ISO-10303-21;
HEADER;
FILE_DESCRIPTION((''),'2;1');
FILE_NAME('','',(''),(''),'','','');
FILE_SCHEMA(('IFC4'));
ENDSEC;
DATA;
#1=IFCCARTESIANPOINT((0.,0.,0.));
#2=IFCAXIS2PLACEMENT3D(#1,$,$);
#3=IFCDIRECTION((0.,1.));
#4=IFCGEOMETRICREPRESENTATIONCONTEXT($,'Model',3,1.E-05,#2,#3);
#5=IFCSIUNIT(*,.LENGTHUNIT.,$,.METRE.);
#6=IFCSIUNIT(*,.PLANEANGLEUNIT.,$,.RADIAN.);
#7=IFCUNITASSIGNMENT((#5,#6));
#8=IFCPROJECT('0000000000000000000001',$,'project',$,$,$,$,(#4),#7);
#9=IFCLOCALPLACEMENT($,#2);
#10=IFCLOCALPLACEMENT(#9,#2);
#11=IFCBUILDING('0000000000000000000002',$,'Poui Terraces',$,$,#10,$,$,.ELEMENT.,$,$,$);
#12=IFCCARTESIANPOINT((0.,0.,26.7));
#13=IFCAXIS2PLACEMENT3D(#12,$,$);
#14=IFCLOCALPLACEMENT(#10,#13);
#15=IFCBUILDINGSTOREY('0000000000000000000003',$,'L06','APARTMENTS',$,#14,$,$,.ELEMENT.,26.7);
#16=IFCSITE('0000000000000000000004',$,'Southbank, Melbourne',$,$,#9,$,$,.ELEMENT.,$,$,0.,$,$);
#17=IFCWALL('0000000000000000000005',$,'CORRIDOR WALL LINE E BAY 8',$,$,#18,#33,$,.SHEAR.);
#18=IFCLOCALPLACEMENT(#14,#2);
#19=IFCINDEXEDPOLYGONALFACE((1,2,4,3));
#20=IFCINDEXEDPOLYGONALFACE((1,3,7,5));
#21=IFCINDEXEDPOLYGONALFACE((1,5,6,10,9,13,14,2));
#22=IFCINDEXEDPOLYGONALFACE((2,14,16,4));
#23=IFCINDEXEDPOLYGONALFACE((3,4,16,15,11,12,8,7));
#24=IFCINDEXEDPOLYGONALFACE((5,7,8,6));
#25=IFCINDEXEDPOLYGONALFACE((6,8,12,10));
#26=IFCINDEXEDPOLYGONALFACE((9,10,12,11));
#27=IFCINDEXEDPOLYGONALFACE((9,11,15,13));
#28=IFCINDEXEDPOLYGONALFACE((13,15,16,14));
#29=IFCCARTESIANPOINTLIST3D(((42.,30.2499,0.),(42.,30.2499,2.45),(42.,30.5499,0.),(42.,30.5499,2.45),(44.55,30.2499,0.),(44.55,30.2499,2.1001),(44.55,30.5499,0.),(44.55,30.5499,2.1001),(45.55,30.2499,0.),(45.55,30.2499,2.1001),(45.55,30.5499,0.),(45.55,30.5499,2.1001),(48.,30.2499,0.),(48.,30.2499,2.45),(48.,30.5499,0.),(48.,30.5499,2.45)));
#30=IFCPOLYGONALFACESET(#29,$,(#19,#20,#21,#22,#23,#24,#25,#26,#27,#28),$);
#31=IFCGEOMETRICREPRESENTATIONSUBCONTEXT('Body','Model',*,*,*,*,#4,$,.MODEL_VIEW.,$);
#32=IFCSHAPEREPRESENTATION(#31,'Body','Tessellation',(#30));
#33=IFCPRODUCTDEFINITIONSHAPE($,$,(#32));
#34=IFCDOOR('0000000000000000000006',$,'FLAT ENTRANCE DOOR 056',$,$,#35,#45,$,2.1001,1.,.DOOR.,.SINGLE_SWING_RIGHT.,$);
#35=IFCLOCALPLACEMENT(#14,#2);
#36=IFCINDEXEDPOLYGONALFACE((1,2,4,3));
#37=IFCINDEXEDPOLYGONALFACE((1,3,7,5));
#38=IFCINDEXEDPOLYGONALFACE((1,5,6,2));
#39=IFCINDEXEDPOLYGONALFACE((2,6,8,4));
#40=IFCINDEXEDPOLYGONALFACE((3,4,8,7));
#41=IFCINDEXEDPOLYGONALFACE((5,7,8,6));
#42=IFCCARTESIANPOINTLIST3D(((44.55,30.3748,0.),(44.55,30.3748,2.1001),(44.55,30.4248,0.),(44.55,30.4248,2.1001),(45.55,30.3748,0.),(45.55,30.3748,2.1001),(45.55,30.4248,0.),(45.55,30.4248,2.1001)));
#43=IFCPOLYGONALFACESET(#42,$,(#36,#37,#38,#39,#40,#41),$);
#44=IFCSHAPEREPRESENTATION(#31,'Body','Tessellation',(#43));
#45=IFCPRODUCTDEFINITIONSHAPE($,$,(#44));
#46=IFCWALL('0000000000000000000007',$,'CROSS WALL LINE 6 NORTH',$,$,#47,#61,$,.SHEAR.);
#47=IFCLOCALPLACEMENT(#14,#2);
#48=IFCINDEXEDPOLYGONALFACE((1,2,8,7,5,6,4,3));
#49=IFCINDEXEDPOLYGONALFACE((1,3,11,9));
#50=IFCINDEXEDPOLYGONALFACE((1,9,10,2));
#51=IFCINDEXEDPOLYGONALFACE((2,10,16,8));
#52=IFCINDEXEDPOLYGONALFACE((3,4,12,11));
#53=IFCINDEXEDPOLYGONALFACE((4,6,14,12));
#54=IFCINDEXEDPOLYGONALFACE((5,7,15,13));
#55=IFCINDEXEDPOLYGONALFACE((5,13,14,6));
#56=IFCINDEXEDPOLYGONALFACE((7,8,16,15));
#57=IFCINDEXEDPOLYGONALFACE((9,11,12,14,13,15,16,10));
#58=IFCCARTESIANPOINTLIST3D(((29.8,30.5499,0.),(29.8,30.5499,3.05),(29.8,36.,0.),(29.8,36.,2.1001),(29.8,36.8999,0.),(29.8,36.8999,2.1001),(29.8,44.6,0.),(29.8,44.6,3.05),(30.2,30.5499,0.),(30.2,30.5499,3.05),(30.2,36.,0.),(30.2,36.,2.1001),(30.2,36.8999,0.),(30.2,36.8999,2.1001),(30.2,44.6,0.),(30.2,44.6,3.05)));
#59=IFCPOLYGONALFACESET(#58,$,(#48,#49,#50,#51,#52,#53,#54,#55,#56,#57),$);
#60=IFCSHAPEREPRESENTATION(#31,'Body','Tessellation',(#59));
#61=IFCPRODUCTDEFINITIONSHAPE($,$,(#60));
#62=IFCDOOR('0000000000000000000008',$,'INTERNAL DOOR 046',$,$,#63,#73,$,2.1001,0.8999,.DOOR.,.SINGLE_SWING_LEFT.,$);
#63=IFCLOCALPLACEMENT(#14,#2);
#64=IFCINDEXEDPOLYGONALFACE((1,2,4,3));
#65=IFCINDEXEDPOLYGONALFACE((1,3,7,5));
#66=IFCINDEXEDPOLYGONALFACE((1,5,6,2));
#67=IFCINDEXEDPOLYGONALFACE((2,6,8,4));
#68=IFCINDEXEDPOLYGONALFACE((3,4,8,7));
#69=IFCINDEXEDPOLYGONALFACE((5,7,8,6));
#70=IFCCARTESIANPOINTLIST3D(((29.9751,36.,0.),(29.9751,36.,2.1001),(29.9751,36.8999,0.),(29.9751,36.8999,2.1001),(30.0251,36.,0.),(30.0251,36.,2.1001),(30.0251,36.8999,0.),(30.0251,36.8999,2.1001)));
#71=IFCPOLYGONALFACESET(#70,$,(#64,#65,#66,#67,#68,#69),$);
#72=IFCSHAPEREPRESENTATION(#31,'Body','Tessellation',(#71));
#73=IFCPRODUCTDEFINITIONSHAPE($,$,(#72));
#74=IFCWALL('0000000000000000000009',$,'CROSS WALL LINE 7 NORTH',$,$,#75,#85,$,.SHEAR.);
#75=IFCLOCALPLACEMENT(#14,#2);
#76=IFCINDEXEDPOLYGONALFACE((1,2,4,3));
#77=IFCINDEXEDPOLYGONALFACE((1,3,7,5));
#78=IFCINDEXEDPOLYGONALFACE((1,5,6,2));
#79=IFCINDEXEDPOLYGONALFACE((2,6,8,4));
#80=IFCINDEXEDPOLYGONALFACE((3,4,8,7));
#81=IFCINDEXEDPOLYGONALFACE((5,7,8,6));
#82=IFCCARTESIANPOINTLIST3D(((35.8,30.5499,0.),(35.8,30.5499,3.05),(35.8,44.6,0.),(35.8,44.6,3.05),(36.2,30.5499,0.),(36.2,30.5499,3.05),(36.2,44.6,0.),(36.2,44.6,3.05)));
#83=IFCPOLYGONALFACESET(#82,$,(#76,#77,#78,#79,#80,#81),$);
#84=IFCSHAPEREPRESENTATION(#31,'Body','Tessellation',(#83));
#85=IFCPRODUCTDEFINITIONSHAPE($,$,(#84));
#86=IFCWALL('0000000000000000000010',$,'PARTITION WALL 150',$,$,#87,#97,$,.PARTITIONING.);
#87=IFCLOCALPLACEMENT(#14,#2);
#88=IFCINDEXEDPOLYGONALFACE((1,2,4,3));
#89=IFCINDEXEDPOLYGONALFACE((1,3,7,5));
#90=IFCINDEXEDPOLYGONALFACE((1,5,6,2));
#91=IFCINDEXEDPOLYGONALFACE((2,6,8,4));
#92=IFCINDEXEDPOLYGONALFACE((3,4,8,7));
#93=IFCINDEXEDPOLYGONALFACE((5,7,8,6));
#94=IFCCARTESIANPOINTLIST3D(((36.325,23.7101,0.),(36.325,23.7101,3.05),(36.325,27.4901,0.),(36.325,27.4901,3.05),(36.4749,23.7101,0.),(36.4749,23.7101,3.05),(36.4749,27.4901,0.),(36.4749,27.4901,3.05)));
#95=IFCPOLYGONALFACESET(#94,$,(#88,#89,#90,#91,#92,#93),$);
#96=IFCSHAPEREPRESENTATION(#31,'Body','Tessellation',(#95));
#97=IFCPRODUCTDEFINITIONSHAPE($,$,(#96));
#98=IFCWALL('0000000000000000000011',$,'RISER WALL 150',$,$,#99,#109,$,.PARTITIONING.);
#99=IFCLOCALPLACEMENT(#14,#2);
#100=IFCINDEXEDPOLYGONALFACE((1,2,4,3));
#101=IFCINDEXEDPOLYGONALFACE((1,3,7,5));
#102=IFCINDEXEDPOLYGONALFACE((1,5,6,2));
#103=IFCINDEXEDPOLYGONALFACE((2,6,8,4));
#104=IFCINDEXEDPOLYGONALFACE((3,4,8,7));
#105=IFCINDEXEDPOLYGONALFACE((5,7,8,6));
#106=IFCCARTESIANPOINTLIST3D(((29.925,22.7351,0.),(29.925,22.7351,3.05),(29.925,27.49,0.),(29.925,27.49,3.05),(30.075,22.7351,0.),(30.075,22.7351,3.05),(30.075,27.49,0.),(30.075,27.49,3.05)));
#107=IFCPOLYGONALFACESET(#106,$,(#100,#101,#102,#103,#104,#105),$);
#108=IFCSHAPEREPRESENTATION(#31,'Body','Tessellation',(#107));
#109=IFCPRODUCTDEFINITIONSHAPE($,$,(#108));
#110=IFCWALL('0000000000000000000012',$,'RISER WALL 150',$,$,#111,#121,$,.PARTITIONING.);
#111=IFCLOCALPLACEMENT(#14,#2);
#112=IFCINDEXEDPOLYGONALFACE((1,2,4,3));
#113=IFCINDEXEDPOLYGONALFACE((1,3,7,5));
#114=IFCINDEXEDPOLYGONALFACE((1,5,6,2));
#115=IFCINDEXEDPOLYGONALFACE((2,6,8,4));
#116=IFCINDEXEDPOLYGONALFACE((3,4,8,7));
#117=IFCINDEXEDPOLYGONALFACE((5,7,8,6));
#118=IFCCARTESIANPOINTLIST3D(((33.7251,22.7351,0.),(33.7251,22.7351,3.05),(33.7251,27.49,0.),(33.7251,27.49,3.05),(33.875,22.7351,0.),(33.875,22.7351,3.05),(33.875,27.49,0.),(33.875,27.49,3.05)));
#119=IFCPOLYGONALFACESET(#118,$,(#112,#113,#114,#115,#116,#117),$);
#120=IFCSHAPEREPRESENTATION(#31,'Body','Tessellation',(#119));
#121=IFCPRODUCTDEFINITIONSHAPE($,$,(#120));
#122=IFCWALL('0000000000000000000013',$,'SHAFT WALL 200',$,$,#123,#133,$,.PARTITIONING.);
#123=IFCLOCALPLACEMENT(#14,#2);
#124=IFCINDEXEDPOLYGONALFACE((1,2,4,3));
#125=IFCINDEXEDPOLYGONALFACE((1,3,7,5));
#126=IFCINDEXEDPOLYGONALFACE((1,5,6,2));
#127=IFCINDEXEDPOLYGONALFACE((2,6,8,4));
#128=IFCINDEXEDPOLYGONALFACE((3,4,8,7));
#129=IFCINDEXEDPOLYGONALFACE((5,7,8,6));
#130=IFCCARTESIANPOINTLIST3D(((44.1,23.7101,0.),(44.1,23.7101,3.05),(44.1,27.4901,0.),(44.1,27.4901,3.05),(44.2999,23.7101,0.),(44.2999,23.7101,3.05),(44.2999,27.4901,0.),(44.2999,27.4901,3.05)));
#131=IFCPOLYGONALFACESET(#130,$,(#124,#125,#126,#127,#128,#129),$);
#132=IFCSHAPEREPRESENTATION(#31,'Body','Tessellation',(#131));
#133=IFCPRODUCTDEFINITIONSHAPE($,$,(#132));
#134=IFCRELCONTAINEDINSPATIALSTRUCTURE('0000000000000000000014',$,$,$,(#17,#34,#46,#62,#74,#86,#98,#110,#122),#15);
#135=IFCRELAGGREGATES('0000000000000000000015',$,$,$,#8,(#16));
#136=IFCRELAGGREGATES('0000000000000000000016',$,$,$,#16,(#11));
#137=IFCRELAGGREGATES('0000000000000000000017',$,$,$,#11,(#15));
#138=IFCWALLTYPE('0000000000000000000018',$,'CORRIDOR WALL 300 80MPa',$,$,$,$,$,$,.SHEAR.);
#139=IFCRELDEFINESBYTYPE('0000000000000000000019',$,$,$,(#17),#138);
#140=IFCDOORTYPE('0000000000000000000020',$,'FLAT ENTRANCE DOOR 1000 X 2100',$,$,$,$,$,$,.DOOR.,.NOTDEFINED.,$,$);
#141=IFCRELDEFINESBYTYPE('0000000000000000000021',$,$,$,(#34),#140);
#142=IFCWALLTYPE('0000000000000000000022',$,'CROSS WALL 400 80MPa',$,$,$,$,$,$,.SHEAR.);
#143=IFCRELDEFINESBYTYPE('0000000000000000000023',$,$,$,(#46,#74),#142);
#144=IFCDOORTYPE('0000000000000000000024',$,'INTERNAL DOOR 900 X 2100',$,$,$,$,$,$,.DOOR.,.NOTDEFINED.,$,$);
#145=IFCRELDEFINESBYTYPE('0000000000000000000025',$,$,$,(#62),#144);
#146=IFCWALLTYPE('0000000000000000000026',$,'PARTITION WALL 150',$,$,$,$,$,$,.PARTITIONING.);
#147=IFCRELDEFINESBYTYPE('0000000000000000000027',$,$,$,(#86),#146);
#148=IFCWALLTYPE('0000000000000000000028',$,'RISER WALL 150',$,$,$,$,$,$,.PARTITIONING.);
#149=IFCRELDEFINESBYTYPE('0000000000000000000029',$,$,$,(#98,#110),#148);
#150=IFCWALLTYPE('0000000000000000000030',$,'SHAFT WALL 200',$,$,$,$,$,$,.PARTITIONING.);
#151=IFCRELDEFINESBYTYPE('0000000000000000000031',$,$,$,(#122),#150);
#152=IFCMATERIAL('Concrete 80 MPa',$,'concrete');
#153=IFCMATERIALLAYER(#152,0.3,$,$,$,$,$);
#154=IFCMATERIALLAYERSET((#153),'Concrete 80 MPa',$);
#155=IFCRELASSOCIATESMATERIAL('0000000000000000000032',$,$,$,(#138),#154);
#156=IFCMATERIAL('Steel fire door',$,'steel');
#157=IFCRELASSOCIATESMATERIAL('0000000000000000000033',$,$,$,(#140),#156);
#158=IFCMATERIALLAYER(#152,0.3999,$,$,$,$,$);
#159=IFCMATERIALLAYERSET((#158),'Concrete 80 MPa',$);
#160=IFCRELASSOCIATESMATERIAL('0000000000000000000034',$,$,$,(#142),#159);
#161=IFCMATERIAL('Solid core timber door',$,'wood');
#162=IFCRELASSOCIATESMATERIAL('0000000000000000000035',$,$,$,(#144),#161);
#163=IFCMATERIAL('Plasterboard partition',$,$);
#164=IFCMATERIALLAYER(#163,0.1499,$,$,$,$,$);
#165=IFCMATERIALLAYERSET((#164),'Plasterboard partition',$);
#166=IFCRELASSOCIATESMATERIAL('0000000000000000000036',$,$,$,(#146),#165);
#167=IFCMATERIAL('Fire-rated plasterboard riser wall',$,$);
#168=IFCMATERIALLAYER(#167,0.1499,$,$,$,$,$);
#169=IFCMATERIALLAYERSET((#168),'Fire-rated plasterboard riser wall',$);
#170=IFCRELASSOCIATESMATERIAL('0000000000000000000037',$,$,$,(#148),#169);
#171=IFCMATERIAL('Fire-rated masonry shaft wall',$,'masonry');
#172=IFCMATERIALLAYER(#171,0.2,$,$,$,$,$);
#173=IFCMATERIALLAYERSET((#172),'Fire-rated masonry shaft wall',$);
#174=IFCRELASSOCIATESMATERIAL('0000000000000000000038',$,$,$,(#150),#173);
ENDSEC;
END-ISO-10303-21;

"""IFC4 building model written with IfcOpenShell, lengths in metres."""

from ifc_helpers import new_model, si_unit, direction, frame, frame_2d, origin, place, context, subcontext, project, spatial, rectangle, extrude, material, layer, layer_set, type_object, element, fill, save


model = new_model("IFC4")

# Units and contexts
model_context = context("Model", 3, precision=1e-05, world=origin(), true_north=direction((0.0, 1.0)))
body_context = subcontext(model_context, "Body", "Model", "MODEL_VIEW")
ifc_project = project(units=[si_unit("LENGTHUNIT", "METRE"), si_unit("PLANEANGLEUNIT", "RADIAN")], contexts=[model_context])

# Site, building, storey
site_placement = place(None, origin())
site = spatial("IfcSite", under=ifc_project, at=site_placement, Name="Southbank, Melbourne", CompositionType="ELEMENT", RefElevation=0.0)
building_placement = place(site_placement, origin())
building = spatial("IfcBuilding", under=site, at=building_placement, Name="Poui Terraces", CompositionType="ELEMENT")
storey_placement = place(building_placement, frame((0.0, 0.0, 26.7)))
storey = spatial("IfcBuildingStorey", under=building, at=storey_placement, Name="L06", Description="APARTMENTS", CompositionType="ELEMENT", Elevation=26.7)

# Shared definitions
ifc_material_1 = material(Name="Concrete 80 MPa", Category="concrete")

# Shared definitions
ifc_material_2 = material(Name="Steel fire door", Category="steel")

# Walls, openings, doors
ifc_layer_1 = layer(ifc_material_1, 0.3)
ifc_layer_set_1 = layer_set([ifc_layer_1], Name="Concrete 80 MPa")
wall_type_1 = type_object("IfcWallType", Name="CORRIDOR WALL 300 80MPa", PredefinedType="SHEAR", material=ifc_layer_set_1)
door_type_1 = type_object("IfcDoorType", Name="FLAT ENTRANCE DOOR 1000 X 2100", OperationType="NOTDEFINED", PredefinedType="DOOR", material=ifc_material_2)
wall_1_placement = place(storey_placement, frame((42.0, 30.3999, 0.0), z_axis=(0.0, 0.0, 1.0), x_axis=(1.0, 0.0, 0.0)))
wall_1 = element("IfcWall", 1, at=wall_1_placement, inside=storey, type_object=wall_type_1, Name="CORRIDOR WALL LINE E BAY 8", PredefinedType="SHEAR", context=body_context, shape_type="SweptSolid", body=[
    extrude(rectangle(XDim=6.0, YDim=0.3, at=frame_2d((3.0, 0.0))), origin(), (0.0, 0.0, 1.0), 2.45),
])
opening_1_placement = place(wall_1_placement, frame((2.55, 0.0, 0.0)))
opening_1 = element("IfcOpeningElement", 2, at=opening_1_placement, cuts=wall_1, PredefinedType="OPENING", context=body_context, shape_type="SweptSolid", body=[
    extrude(rectangle(XDim=1.0, YDim=2.1001, at=frame_2d((0.5, 1.05))), frame((0.0, 0.1602, 0.0), z_axis=(0.0, -1.0, 0.0), x_axis=(1.0, 0.0, 0.0)), (0.0, 0.0, 1.0), 0.3201),
])
door_1_placement = place(opening_1_placement, origin())
door_1 = element("IfcDoor", 3, at=door_1_placement, inside=storey, type_object=door_type_1, Name="FLAT ENTRANCE DOOR 056", OperationType="SINGLE_SWING_RIGHT", OverallHeight=2.1001, OverallWidth=1.0, PredefinedType="DOOR", context=body_context, shape_type="SweptSolid", body=[
    extrude(rectangle(XDim=1.0, YDim=2.1001, at=frame_2d((0.5, 1.05))), frame((0.0, 0.0249, 0.0), z_axis=(0.0, -1.0, 0.0), x_axis=(1.0, 0.0, 0.0)), (0.0, 0.0, 1.0), 0.05),
])
fill(opening_1, door_1)
ifc_layer_2 = layer(ifc_material_1, 0.3999)
ifc_layer_set_2 = layer_set([ifc_layer_2], Name="Concrete 80 MPa")
wall_type_2 = type_object("IfcWallType", Name="CROSS WALL 400 80MPa", PredefinedType="SHEAR", material=ifc_layer_set_2)
wall_2_placement = place(storey_placement, frame((30.0, 30.55, 0.0), z_axis=(0.0, 0.0, 1.0), x_axis=(0.0, 1.0, 0.0)))
wall_2 = element("IfcWall", 4, at=wall_2_placement, inside=storey, type_object=wall_type_2, Name="CROSS WALL LINE 6 NORTH", PredefinedType="SHEAR", context=body_context, shape_type="SweptSolid", body=[
    extrude(rectangle(XDim=14.05, YDim=0.3999, at=frame_2d((7.0249, 0.0))), origin(), (0.0, 0.0, 1.0), 3.05),
])
opening_2_placement = place(wall_2_placement, frame((5.45, 0.0, 0.0)))
opening_2 = element("IfcOpeningElement", 5, at=opening_2_placement, cuts=wall_2, PredefinedType="OPENING", context=body_context, shape_type="SweptSolid", body=[
    extrude(rectangle(XDim=0.8999, YDim=2.1001, at=frame_2d((0.45, 1.05))), frame((0.0, 0.21, 0.0), z_axis=(0.0, -1.0, 0.0), x_axis=(1.0, 0.0, 0.0)), (0.0, 0.0, 1.0), 0.4199),
])
ifc_material_3 = material(Name="Solid core timber door", Category="wood")
door_type_2 = type_object("IfcDoorType", Name="INTERNAL DOOR 900 X 2100", OperationType="NOTDEFINED", PredefinedType="DOOR", material=ifc_material_3)
door_2_placement = place(opening_2_placement, origin())
door_2 = element("IfcDoor", 6, at=door_2_placement, inside=storey, type_object=door_type_2, Name="INTERNAL DOOR 046", OperationType="SINGLE_SWING_LEFT", OverallHeight=2.1001, OverallWidth=0.8999, PredefinedType="DOOR", context=body_context, shape_type="SweptSolid", body=[
    extrude(rectangle(XDim=0.8999, YDim=2.1001, at=frame_2d((0.45, 1.05))), frame((0.0, 0.0249, 0.0), z_axis=(0.0, -1.0, 0.0), x_axis=(1.0, 0.0, 0.0)), (0.0, 0.0, 1.0), 0.05),
])
fill(opening_2, door_2)

# Walls
wall_3_placement = place(storey_placement, frame((36.0, 30.55, 0.0), z_axis=(0.0, 0.0, 1.0), x_axis=(0.0, 1.0, 0.0)))
element("IfcWall", 7, at=wall_3_placement, inside=storey, type_object=wall_type_2, Name="CROSS WALL LINE 7 NORTH", PredefinedType="SHEAR", context=body_context, shape_type="SweptSolid", body=[
    extrude(rectangle(XDim=14.05, YDim=0.3999, at=frame_2d((7.0249, 0.0))), origin(), (0.0, 0.0, 1.0), 3.05),
])
ifc_material_4 = material(Name="Plasterboard partition")
ifc_layer_3 = layer(ifc_material_4, 0.1499)
ifc_layer_set_3 = layer_set([ifc_layer_3], Name="Plasterboard partition")
wall_type_3 = type_object("IfcWallType", Name="PARTITION WALL 150", PredefinedType="PARTITIONING", material=ifc_layer_set_3)
wall_4_placement = place(storey_placement, frame((36.3999, 23.71, 0.0), z_axis=(0.0, 0.0, 1.0), x_axis=(0.0, 1.0, 0.0)))
element("IfcWall", 8, at=wall_4_placement, inside=storey, type_object=wall_type_3, Name="PARTITION WALL 150", PredefinedType="PARTITIONING", context=body_context, shape_type="SweptSolid", body=[
    extrude(rectangle(XDim=3.78, YDim=0.1499, at=frame_2d((1.8901, 0.0))), origin(), (0.0, 0.0, 1.0), 3.05),
])
ifc_material_5 = material(Name="Fire-rated plasterboard riser wall")
ifc_layer_4 = layer(ifc_material_5, 0.1499)
ifc_layer_set_4 = layer_set([ifc_layer_4], Name="Fire-rated plasterboard riser wall")
wall_type_4 = type_object("IfcWallType", Name="RISER WALL 150", PredefinedType="PARTITIONING", material=ifc_layer_set_4)
for number, where, z_axis, x_axis, name in (
    (9, (30.0, 22.7351, 0.0), (0.0, 0.0, 1.0), (0.0, 1.0, 0.0), "RISER WALL 150"),
    (10, (33.8, 22.7351, 0.0), (0.0, 0.0, 1.0), (0.0, 1.0, 0.0), "RISER WALL 150"),
):
    element("IfcWall", number, at=place(storey_placement, frame(where, z_axis=z_axis, x_axis=x_axis)), inside=storey, type_object=wall_type_4, Name=name, PredefinedType="PARTITIONING", context=body_context, shape_type="SweptSolid", body=[
        extrude(rectangle(XDim=4.7549, YDim=0.1499, at=frame_2d((2.3774, 0.0))), origin(), (0.0, 0.0, 1.0), 3.05),
    ])
ifc_material_6 = material(Name="Fire-rated masonry shaft wall", Category="masonry")
ifc_layer_5 = layer(ifc_material_6, 0.2)
ifc_layer_set_5 = layer_set([ifc_layer_5], Name="Fire-rated masonry shaft wall")
wall_type_5 = type_object("IfcWallType", Name="SHAFT WALL 200", PredefinedType="PARTITIONING", material=ifc_layer_set_5)
wall_5_placement = place(storey_placement, frame((44.2, 23.71, 0.0), z_axis=(0.0, 0.0, 1.0), x_axis=(0.0, 1.0, 0.0)))
element("IfcWall", 11, at=wall_5_placement, inside=storey, type_object=wall_type_5, Name="SHAFT WALL 200", PredefinedType="PARTITIONING", context=body_context, shape_type="SweptSolid", body=[
    extrude(rectangle(XDim=3.78, YDim=0.2, at=frame_2d((1.8901, 0.0))), origin(), (0.0, 0.0, 1.0), 3.05),
])

save(model, "model.ifc")
